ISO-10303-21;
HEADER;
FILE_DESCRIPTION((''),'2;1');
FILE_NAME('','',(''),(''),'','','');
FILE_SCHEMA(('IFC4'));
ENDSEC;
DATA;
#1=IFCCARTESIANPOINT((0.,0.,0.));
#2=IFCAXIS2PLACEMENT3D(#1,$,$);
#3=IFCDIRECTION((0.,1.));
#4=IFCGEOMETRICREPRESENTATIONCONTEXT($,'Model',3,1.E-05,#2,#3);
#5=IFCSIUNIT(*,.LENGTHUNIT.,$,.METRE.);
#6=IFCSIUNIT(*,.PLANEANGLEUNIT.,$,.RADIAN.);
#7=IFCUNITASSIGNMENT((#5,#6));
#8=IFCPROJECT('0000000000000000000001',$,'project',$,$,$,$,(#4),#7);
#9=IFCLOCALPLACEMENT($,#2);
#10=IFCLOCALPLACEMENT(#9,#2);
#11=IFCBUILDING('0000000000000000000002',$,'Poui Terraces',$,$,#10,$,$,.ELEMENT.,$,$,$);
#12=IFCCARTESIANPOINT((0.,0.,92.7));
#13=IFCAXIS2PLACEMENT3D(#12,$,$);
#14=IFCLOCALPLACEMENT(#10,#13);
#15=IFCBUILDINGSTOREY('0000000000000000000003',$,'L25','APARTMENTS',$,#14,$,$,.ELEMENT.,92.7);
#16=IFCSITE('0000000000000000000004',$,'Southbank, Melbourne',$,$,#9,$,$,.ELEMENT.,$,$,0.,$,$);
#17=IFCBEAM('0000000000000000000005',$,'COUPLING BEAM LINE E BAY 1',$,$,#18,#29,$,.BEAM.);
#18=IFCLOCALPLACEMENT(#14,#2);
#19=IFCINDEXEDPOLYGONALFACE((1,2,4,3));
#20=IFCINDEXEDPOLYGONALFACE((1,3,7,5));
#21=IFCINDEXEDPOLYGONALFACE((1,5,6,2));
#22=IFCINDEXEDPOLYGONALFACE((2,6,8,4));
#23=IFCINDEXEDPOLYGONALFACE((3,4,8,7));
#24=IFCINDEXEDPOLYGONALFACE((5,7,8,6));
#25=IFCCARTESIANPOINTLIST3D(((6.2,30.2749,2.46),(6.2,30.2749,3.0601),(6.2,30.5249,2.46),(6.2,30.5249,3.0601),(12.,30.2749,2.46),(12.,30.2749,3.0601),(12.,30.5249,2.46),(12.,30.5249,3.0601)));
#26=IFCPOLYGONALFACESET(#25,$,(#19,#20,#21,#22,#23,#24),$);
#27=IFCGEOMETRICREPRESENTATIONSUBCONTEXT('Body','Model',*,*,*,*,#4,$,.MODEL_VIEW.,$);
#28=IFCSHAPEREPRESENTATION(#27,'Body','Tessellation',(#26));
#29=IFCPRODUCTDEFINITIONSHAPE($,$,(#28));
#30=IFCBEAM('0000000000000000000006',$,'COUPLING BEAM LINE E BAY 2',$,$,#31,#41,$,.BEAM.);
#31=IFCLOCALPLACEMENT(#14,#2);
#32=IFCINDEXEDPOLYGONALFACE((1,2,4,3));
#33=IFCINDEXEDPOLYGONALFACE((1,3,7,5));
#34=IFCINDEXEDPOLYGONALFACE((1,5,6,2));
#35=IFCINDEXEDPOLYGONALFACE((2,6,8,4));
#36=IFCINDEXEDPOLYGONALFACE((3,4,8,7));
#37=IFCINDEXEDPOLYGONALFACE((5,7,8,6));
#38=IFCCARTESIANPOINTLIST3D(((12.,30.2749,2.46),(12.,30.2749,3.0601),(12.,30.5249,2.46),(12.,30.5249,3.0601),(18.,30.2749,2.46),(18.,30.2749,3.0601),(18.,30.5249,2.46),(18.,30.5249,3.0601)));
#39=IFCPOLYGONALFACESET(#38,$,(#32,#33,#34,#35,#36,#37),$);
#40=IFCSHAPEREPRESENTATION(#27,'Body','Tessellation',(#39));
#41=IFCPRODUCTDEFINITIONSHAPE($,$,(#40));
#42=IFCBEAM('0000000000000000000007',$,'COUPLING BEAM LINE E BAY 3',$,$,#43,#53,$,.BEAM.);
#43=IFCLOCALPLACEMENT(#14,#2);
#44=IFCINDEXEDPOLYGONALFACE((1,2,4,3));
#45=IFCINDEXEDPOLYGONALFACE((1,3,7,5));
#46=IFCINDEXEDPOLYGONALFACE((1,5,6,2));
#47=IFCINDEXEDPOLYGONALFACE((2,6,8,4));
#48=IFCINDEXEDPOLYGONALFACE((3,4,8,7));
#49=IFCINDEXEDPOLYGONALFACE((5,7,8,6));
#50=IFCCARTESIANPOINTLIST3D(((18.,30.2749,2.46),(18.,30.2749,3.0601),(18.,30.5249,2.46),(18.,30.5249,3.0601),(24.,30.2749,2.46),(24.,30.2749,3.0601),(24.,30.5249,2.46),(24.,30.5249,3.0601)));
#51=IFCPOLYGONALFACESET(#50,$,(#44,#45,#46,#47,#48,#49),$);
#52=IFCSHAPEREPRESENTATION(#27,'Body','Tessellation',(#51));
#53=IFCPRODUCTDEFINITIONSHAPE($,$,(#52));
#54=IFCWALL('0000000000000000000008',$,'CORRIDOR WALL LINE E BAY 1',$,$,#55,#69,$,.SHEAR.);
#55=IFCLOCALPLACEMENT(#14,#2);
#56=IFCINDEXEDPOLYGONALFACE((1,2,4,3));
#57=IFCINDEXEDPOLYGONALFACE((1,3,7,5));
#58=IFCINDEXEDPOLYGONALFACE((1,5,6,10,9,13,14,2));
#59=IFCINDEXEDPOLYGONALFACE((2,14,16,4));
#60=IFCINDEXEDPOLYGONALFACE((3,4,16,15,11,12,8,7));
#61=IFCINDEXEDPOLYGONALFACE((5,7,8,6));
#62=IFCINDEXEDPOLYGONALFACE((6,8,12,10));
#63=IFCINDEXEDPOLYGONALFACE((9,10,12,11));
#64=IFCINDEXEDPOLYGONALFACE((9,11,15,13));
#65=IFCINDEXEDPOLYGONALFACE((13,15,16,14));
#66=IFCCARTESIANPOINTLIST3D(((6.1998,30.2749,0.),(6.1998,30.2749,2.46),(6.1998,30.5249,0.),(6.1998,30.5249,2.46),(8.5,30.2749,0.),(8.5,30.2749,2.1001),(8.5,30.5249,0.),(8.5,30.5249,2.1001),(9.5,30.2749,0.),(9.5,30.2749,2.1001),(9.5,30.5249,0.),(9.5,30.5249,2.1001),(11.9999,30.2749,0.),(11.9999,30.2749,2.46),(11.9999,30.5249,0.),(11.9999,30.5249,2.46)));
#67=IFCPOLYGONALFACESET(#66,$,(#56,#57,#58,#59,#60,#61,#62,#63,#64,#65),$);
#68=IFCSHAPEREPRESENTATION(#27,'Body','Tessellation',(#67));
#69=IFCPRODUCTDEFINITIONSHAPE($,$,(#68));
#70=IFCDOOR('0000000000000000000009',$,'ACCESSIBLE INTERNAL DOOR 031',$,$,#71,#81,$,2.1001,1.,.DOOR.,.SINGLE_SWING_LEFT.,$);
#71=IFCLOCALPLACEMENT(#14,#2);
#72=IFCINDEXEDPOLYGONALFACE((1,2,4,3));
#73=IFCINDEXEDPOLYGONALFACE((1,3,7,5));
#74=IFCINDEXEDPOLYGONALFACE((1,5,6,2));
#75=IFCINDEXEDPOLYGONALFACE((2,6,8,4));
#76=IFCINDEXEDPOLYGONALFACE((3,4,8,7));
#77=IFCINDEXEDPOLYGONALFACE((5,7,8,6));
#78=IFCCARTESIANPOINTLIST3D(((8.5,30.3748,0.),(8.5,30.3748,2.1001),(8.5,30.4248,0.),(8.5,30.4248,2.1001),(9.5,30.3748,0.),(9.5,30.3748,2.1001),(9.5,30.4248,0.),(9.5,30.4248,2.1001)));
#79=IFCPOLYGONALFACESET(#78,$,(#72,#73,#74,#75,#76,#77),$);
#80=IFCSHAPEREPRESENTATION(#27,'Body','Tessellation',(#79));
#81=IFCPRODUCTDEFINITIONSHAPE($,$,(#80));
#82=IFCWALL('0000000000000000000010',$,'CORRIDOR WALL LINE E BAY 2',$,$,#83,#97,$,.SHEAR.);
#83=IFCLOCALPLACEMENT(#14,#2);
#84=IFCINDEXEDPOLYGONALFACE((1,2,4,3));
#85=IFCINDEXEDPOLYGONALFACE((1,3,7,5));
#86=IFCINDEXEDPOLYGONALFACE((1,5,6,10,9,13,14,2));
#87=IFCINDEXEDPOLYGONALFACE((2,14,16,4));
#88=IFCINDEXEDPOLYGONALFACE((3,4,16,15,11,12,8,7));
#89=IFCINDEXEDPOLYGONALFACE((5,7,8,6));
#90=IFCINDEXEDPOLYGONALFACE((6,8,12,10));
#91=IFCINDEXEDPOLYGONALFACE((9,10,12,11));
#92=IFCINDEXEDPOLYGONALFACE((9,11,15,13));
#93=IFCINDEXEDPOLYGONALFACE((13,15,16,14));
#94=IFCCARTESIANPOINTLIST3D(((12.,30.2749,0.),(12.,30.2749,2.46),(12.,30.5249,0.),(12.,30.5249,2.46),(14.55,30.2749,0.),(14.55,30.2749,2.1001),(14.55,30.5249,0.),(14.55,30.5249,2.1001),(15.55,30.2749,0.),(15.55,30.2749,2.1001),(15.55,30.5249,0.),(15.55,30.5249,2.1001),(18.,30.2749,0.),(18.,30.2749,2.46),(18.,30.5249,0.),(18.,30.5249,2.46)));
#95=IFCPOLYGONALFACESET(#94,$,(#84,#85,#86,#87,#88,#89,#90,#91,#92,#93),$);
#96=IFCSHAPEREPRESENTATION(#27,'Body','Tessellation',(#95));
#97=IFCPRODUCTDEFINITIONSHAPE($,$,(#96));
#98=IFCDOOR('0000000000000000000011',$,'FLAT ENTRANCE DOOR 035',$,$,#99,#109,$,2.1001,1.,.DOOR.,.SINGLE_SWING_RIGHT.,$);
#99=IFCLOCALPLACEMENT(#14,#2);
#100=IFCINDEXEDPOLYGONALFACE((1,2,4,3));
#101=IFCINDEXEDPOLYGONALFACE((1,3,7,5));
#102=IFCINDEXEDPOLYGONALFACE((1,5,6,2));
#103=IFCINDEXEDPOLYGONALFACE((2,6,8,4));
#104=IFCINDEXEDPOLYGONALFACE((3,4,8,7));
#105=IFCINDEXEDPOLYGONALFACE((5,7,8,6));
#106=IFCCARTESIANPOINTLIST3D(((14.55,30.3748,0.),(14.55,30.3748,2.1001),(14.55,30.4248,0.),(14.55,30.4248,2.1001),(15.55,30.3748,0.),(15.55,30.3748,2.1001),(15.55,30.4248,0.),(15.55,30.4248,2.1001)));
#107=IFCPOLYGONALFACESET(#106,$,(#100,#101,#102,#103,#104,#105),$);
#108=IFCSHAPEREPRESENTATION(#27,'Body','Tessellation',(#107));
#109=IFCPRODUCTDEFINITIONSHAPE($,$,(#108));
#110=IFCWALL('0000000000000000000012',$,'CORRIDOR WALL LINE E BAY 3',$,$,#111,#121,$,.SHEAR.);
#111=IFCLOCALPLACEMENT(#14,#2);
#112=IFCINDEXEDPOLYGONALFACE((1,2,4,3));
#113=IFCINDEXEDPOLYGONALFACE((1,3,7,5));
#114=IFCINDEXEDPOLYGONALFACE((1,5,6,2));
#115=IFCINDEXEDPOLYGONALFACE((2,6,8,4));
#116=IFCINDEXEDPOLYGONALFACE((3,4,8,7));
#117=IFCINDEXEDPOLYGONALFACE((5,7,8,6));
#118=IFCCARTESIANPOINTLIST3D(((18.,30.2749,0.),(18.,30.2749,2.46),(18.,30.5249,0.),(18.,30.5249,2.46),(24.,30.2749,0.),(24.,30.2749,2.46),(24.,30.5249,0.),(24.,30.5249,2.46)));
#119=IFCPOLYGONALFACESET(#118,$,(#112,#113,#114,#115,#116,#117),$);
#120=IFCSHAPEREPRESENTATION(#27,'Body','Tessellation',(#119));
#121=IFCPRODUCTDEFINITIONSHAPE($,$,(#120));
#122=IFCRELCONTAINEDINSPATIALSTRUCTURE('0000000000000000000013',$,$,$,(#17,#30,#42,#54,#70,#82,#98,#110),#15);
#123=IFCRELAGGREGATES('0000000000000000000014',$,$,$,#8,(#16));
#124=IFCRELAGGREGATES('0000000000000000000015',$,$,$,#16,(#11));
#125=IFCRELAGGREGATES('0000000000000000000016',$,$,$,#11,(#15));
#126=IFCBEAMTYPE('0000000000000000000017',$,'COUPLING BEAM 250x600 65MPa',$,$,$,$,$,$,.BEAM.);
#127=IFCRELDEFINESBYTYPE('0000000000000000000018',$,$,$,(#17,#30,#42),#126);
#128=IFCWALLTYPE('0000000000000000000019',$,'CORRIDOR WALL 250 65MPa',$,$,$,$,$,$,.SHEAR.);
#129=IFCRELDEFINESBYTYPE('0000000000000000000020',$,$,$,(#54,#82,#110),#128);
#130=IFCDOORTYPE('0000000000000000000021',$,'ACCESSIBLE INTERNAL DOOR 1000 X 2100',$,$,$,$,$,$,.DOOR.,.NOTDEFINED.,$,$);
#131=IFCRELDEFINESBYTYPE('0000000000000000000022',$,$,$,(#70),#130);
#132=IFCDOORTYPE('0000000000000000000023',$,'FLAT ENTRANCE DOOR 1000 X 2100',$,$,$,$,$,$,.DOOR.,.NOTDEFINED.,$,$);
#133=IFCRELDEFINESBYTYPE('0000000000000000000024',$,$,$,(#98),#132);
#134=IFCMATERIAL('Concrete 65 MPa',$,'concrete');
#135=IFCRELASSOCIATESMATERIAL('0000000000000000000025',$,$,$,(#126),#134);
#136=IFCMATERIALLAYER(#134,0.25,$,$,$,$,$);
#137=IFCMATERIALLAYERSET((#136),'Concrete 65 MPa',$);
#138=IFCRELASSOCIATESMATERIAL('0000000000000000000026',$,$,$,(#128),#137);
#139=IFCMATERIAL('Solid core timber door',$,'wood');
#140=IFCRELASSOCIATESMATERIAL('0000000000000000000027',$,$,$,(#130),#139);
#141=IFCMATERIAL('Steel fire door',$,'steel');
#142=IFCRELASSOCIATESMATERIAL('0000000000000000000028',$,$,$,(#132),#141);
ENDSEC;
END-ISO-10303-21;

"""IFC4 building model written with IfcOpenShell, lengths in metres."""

from ifc_helpers import new_model, si_unit, direction, frame, frame_2d, origin, origin_2d, place, context, subcontext, project, spatial, rectangle, extrude, source, transform, mapped, material, layer, layer_set, material_profile, profile_set, type_object, element, fill, save


model = new_model("IFC4")

# Units and contexts
model_context = context("Model", 3, precision=1e-05, world=origin(), true_north=direction((0.0, 1.0)))
body_context = subcontext(model_context, "Body", "Model", "MODEL_VIEW")
ifc_project = project(units=[si_unit("LENGTHUNIT", "METRE"), si_unit("PLANEANGLEUNIT", "RADIAN")], contexts=[model_context])

# Site, building, storey
site_placement = place(None, origin())
site = spatial("IfcSite", under=ifc_project, at=site_placement, Name="Southbank, Melbourne", CompositionType="ELEMENT", RefElevation=0.0)
building_placement = place(site_placement, origin())
building = spatial("IfcBuilding", under=site, at=building_placement, Name="Poui Terraces", CompositionType="ELEMENT")
storey_placement = place(building_placement, frame((0.0, 0.0, 92.7)))
storey = spatial("IfcBuildingStorey", under=building, at=storey_placement, Name="L25", Description="APARTMENTS", CompositionType="ELEMENT", Elevation=92.7)

# Beams
ifc_material_1 = material(Name="Concrete 65 MPa", Category="concrete")
ifc_material_profile = material_profile(ifc_material_1, rectangle(XDim=0.25, YDim=0.6001, at=origin_2d()), Name="RC 250x600")
ifc_profile_set = profile_set([ifc_material_profile], Name="Concrete 65 MPa")
beam_type = type_object("IfcBeamType", Name="COUPLING BEAM 250x600 65MPa", PredefinedType="BEAM", material=ifc_profile_set)
shared_shape_1 = source(origin(), body_context, "Body", "SweptSolid", [
    extrude(rectangle(XDim=0.25, YDim=0.6001, at=origin_2d()), origin(), (0.0, 0.0, 1.0), 5.8),
])
beam_placement = place(storey_placement, frame((6.2, 30.3999, 2.76), z_axis=(1.0, 0.0, 0.0), x_axis=(0.0, 1.0, 0.0)))
element("IfcBeam", 1, at=beam_placement, inside=storey, type_object=beam_type, Name="COUPLING BEAM LINE E BAY 1", PredefinedType="BEAM", context=body_context, shape_type="MappedRepresentation", body=[
    mapped(shared_shape_1, transform((0.0, 0.0, 0.0))),
])
shared_shape_2 = source(origin(), body_context, "Body", "SweptSolid", [
    extrude(rectangle(XDim=0.25, YDim=0.6001, at=origin_2d()), origin(), (0.0, 0.0, 1.0), 6.0),
])
for number, where, z_axis, x_axis, name in (
    (2, (12.0, 30.3999, 2.76), (1.0, 0.0, 0.0), (0.0, 1.0, 0.0), "COUPLING BEAM LINE E BAY 2"),
    (3, (18.0, 30.3999, 2.76), (1.0, 0.0, 0.0), (0.0, 1.0, 0.0), "COUPLING BEAM LINE E BAY 3"),
):
    element("IfcBeam", number, at=place(storey_placement, frame(where, z_axis=z_axis, x_axis=x_axis)), inside=storey, type_object=beam_type, Name=name, PredefinedType="BEAM", context=body_context, shape_type="MappedRepresentation", body=[
        mapped(shared_shape_2, transform((0.0, 0.0, 0.0))),
    ])

# Walls, openings, doors
ifc_layer = layer(ifc_material_1, 0.25)
ifc_layer_set = layer_set([ifc_layer], Name="Concrete 65 MPa")
wall_type = type_object("IfcWallType", Name="CORRIDOR WALL 250 65MPa", PredefinedType="SHEAR", material=ifc_layer_set)
wall_1_placement = place(storey_placement, frame((6.2, 30.3999, 0.0), z_axis=(0.0, 0.0, 1.0), x_axis=(1.0, 0.0, 0.0)))
wall_1 = element("IfcWall", 4, at=wall_1_placement, inside=storey, type_object=wall_type, Name="CORRIDOR WALL LINE E BAY 1", PredefinedType="SHEAR", context=body_context, shape_type="SweptSolid", body=[
    extrude(rectangle(XDim=5.8, YDim=0.25, at=frame_2d((2.8999, 0.0))), origin(), (0.0, 0.0, 1.0), 2.46),
])
opening_1_placement = place(wall_1_placement, frame((2.3, 0.0, 0.0)))
opening_1 = element("IfcOpeningElement", 5, at=opening_1_placement, cuts=wall_1, PredefinedType="OPENING", context=body_context, shape_type="SweptSolid", body=[
    extrude(rectangle(XDim=1.0, YDim=2.1001, at=frame_2d((0.5, 1.05))), frame((0.0, 0.135, 0.0), z_axis=(0.0, -1.0, 0.0), x_axis=(1.0, 0.0, 0.0)), (0.0, 0.0, 1.0), 0.27),
])
ifc_material_2 = material(Name="Solid core timber door", Category="wood")
door_type_1 = type_object("IfcDoorType", Name="ACCESSIBLE INTERNAL DOOR 1000 X 2100", OperationType="NOTDEFINED", PredefinedType="DOOR", material=ifc_material_2)
door_1_placement = place(opening_1_placement, origin())
door_1 = element("IfcDoor", 6, at=door_1_placement, inside=storey, type_object=door_type_1, Name="ACCESSIBLE INTERNAL DOOR 031", OperationType="SINGLE_SWING_LEFT", OverallHeight=2.1001, OverallWidth=1.0, PredefinedType="DOOR", context=body_context, shape_type="SweptSolid", body=[
    extrude(rectangle(XDim=1.0, YDim=2.1001, at=frame_2d((0.5, 1.05))), frame((0.0, 0.0249, 0.0), z_axis=(0.0, -1.0, 0.0), x_axis=(1.0, 0.0, 0.0)), (0.0, 0.0, 1.0), 0.05),
])
fill(opening_1, door_1)
wall_2_placement = place(storey_placement, frame((12.0, 30.3999, 0.0), z_axis=(0.0, 0.0, 1.0), x_axis=(1.0, 0.0, 0.0)))
wall_2 = element("IfcWall", 7, at=wall_2_placement, inside=storey, type_object=wall_type, Name="CORRIDOR WALL LINE E BAY 2", PredefinedType="SHEAR", context=body_context, shape_type="SweptSolid", body=[
    extrude(rectangle(XDim=6.0, YDim=0.25, at=frame_2d((3.0, 0.0))), origin(), (0.0, 0.0, 1.0), 2.46),
])
opening_2_placement = place(wall_2_placement, frame((2.55, 0.0, 0.0)))
opening_2 = element("IfcOpeningElement", 8, at=opening_2_placement, cuts=wall_2, PredefinedType="OPENING", context=body_context, shape_type="SweptSolid", body=[
    extrude(rectangle(XDim=1.0, YDim=2.1001, at=frame_2d((0.5, 1.05))), frame((0.0, 0.135, 0.0), z_axis=(0.0, -1.0, 0.0), x_axis=(1.0, 0.0, 0.0)), (0.0, 0.0, 1.0), 0.27),
])
ifc_material_3 = material(Name="Steel fire door", Category="steel")
door_type_2 = type_object("IfcDoorType", Name="FLAT ENTRANCE DOOR 1000 X 2100", OperationType="NOTDEFINED", PredefinedType="DOOR", material=ifc_material_3)
door_2_placement = place(opening_2_placement, origin())
door_2 = element("IfcDoor", 9, at=door_2_placement, inside=storey, type_object=door_type_2, Name="FLAT ENTRANCE DOOR 035", OperationType="SINGLE_SWING_RIGHT", OverallHeight=2.1001, OverallWidth=1.0, PredefinedType="DOOR", context=body_context, shape_type="SweptSolid", body=[
    extrude(rectangle(XDim=1.0, YDim=2.1001, at=frame_2d((0.5, 1.05))), frame((0.0, 0.0249, 0.0), z_axis=(0.0, -1.0, 0.0), x_axis=(1.0, 0.0, 0.0)), (0.0, 0.0, 1.0), 0.05),
])
fill(opening_2, door_2)

# Wall
wall_3_placement = place(storey_placement, frame((18.0, 30.3999, 0.0), z_axis=(0.0, 0.0, 1.0), x_axis=(1.0, 0.0, 0.0)))
element("IfcWall", 10, at=wall_3_placement, inside=storey, type_object=wall_type, Name="CORRIDOR WALL LINE E BAY 3", PredefinedType="SHEAR", context=body_context, shape_type="SweptSolid", body=[
    extrude(rectangle(XDim=6.0, YDim=0.25, at=frame_2d((3.0, 0.0))), origin(), (0.0, 0.0, 1.0), 2.46),
])

save(model, "model.ifc")
